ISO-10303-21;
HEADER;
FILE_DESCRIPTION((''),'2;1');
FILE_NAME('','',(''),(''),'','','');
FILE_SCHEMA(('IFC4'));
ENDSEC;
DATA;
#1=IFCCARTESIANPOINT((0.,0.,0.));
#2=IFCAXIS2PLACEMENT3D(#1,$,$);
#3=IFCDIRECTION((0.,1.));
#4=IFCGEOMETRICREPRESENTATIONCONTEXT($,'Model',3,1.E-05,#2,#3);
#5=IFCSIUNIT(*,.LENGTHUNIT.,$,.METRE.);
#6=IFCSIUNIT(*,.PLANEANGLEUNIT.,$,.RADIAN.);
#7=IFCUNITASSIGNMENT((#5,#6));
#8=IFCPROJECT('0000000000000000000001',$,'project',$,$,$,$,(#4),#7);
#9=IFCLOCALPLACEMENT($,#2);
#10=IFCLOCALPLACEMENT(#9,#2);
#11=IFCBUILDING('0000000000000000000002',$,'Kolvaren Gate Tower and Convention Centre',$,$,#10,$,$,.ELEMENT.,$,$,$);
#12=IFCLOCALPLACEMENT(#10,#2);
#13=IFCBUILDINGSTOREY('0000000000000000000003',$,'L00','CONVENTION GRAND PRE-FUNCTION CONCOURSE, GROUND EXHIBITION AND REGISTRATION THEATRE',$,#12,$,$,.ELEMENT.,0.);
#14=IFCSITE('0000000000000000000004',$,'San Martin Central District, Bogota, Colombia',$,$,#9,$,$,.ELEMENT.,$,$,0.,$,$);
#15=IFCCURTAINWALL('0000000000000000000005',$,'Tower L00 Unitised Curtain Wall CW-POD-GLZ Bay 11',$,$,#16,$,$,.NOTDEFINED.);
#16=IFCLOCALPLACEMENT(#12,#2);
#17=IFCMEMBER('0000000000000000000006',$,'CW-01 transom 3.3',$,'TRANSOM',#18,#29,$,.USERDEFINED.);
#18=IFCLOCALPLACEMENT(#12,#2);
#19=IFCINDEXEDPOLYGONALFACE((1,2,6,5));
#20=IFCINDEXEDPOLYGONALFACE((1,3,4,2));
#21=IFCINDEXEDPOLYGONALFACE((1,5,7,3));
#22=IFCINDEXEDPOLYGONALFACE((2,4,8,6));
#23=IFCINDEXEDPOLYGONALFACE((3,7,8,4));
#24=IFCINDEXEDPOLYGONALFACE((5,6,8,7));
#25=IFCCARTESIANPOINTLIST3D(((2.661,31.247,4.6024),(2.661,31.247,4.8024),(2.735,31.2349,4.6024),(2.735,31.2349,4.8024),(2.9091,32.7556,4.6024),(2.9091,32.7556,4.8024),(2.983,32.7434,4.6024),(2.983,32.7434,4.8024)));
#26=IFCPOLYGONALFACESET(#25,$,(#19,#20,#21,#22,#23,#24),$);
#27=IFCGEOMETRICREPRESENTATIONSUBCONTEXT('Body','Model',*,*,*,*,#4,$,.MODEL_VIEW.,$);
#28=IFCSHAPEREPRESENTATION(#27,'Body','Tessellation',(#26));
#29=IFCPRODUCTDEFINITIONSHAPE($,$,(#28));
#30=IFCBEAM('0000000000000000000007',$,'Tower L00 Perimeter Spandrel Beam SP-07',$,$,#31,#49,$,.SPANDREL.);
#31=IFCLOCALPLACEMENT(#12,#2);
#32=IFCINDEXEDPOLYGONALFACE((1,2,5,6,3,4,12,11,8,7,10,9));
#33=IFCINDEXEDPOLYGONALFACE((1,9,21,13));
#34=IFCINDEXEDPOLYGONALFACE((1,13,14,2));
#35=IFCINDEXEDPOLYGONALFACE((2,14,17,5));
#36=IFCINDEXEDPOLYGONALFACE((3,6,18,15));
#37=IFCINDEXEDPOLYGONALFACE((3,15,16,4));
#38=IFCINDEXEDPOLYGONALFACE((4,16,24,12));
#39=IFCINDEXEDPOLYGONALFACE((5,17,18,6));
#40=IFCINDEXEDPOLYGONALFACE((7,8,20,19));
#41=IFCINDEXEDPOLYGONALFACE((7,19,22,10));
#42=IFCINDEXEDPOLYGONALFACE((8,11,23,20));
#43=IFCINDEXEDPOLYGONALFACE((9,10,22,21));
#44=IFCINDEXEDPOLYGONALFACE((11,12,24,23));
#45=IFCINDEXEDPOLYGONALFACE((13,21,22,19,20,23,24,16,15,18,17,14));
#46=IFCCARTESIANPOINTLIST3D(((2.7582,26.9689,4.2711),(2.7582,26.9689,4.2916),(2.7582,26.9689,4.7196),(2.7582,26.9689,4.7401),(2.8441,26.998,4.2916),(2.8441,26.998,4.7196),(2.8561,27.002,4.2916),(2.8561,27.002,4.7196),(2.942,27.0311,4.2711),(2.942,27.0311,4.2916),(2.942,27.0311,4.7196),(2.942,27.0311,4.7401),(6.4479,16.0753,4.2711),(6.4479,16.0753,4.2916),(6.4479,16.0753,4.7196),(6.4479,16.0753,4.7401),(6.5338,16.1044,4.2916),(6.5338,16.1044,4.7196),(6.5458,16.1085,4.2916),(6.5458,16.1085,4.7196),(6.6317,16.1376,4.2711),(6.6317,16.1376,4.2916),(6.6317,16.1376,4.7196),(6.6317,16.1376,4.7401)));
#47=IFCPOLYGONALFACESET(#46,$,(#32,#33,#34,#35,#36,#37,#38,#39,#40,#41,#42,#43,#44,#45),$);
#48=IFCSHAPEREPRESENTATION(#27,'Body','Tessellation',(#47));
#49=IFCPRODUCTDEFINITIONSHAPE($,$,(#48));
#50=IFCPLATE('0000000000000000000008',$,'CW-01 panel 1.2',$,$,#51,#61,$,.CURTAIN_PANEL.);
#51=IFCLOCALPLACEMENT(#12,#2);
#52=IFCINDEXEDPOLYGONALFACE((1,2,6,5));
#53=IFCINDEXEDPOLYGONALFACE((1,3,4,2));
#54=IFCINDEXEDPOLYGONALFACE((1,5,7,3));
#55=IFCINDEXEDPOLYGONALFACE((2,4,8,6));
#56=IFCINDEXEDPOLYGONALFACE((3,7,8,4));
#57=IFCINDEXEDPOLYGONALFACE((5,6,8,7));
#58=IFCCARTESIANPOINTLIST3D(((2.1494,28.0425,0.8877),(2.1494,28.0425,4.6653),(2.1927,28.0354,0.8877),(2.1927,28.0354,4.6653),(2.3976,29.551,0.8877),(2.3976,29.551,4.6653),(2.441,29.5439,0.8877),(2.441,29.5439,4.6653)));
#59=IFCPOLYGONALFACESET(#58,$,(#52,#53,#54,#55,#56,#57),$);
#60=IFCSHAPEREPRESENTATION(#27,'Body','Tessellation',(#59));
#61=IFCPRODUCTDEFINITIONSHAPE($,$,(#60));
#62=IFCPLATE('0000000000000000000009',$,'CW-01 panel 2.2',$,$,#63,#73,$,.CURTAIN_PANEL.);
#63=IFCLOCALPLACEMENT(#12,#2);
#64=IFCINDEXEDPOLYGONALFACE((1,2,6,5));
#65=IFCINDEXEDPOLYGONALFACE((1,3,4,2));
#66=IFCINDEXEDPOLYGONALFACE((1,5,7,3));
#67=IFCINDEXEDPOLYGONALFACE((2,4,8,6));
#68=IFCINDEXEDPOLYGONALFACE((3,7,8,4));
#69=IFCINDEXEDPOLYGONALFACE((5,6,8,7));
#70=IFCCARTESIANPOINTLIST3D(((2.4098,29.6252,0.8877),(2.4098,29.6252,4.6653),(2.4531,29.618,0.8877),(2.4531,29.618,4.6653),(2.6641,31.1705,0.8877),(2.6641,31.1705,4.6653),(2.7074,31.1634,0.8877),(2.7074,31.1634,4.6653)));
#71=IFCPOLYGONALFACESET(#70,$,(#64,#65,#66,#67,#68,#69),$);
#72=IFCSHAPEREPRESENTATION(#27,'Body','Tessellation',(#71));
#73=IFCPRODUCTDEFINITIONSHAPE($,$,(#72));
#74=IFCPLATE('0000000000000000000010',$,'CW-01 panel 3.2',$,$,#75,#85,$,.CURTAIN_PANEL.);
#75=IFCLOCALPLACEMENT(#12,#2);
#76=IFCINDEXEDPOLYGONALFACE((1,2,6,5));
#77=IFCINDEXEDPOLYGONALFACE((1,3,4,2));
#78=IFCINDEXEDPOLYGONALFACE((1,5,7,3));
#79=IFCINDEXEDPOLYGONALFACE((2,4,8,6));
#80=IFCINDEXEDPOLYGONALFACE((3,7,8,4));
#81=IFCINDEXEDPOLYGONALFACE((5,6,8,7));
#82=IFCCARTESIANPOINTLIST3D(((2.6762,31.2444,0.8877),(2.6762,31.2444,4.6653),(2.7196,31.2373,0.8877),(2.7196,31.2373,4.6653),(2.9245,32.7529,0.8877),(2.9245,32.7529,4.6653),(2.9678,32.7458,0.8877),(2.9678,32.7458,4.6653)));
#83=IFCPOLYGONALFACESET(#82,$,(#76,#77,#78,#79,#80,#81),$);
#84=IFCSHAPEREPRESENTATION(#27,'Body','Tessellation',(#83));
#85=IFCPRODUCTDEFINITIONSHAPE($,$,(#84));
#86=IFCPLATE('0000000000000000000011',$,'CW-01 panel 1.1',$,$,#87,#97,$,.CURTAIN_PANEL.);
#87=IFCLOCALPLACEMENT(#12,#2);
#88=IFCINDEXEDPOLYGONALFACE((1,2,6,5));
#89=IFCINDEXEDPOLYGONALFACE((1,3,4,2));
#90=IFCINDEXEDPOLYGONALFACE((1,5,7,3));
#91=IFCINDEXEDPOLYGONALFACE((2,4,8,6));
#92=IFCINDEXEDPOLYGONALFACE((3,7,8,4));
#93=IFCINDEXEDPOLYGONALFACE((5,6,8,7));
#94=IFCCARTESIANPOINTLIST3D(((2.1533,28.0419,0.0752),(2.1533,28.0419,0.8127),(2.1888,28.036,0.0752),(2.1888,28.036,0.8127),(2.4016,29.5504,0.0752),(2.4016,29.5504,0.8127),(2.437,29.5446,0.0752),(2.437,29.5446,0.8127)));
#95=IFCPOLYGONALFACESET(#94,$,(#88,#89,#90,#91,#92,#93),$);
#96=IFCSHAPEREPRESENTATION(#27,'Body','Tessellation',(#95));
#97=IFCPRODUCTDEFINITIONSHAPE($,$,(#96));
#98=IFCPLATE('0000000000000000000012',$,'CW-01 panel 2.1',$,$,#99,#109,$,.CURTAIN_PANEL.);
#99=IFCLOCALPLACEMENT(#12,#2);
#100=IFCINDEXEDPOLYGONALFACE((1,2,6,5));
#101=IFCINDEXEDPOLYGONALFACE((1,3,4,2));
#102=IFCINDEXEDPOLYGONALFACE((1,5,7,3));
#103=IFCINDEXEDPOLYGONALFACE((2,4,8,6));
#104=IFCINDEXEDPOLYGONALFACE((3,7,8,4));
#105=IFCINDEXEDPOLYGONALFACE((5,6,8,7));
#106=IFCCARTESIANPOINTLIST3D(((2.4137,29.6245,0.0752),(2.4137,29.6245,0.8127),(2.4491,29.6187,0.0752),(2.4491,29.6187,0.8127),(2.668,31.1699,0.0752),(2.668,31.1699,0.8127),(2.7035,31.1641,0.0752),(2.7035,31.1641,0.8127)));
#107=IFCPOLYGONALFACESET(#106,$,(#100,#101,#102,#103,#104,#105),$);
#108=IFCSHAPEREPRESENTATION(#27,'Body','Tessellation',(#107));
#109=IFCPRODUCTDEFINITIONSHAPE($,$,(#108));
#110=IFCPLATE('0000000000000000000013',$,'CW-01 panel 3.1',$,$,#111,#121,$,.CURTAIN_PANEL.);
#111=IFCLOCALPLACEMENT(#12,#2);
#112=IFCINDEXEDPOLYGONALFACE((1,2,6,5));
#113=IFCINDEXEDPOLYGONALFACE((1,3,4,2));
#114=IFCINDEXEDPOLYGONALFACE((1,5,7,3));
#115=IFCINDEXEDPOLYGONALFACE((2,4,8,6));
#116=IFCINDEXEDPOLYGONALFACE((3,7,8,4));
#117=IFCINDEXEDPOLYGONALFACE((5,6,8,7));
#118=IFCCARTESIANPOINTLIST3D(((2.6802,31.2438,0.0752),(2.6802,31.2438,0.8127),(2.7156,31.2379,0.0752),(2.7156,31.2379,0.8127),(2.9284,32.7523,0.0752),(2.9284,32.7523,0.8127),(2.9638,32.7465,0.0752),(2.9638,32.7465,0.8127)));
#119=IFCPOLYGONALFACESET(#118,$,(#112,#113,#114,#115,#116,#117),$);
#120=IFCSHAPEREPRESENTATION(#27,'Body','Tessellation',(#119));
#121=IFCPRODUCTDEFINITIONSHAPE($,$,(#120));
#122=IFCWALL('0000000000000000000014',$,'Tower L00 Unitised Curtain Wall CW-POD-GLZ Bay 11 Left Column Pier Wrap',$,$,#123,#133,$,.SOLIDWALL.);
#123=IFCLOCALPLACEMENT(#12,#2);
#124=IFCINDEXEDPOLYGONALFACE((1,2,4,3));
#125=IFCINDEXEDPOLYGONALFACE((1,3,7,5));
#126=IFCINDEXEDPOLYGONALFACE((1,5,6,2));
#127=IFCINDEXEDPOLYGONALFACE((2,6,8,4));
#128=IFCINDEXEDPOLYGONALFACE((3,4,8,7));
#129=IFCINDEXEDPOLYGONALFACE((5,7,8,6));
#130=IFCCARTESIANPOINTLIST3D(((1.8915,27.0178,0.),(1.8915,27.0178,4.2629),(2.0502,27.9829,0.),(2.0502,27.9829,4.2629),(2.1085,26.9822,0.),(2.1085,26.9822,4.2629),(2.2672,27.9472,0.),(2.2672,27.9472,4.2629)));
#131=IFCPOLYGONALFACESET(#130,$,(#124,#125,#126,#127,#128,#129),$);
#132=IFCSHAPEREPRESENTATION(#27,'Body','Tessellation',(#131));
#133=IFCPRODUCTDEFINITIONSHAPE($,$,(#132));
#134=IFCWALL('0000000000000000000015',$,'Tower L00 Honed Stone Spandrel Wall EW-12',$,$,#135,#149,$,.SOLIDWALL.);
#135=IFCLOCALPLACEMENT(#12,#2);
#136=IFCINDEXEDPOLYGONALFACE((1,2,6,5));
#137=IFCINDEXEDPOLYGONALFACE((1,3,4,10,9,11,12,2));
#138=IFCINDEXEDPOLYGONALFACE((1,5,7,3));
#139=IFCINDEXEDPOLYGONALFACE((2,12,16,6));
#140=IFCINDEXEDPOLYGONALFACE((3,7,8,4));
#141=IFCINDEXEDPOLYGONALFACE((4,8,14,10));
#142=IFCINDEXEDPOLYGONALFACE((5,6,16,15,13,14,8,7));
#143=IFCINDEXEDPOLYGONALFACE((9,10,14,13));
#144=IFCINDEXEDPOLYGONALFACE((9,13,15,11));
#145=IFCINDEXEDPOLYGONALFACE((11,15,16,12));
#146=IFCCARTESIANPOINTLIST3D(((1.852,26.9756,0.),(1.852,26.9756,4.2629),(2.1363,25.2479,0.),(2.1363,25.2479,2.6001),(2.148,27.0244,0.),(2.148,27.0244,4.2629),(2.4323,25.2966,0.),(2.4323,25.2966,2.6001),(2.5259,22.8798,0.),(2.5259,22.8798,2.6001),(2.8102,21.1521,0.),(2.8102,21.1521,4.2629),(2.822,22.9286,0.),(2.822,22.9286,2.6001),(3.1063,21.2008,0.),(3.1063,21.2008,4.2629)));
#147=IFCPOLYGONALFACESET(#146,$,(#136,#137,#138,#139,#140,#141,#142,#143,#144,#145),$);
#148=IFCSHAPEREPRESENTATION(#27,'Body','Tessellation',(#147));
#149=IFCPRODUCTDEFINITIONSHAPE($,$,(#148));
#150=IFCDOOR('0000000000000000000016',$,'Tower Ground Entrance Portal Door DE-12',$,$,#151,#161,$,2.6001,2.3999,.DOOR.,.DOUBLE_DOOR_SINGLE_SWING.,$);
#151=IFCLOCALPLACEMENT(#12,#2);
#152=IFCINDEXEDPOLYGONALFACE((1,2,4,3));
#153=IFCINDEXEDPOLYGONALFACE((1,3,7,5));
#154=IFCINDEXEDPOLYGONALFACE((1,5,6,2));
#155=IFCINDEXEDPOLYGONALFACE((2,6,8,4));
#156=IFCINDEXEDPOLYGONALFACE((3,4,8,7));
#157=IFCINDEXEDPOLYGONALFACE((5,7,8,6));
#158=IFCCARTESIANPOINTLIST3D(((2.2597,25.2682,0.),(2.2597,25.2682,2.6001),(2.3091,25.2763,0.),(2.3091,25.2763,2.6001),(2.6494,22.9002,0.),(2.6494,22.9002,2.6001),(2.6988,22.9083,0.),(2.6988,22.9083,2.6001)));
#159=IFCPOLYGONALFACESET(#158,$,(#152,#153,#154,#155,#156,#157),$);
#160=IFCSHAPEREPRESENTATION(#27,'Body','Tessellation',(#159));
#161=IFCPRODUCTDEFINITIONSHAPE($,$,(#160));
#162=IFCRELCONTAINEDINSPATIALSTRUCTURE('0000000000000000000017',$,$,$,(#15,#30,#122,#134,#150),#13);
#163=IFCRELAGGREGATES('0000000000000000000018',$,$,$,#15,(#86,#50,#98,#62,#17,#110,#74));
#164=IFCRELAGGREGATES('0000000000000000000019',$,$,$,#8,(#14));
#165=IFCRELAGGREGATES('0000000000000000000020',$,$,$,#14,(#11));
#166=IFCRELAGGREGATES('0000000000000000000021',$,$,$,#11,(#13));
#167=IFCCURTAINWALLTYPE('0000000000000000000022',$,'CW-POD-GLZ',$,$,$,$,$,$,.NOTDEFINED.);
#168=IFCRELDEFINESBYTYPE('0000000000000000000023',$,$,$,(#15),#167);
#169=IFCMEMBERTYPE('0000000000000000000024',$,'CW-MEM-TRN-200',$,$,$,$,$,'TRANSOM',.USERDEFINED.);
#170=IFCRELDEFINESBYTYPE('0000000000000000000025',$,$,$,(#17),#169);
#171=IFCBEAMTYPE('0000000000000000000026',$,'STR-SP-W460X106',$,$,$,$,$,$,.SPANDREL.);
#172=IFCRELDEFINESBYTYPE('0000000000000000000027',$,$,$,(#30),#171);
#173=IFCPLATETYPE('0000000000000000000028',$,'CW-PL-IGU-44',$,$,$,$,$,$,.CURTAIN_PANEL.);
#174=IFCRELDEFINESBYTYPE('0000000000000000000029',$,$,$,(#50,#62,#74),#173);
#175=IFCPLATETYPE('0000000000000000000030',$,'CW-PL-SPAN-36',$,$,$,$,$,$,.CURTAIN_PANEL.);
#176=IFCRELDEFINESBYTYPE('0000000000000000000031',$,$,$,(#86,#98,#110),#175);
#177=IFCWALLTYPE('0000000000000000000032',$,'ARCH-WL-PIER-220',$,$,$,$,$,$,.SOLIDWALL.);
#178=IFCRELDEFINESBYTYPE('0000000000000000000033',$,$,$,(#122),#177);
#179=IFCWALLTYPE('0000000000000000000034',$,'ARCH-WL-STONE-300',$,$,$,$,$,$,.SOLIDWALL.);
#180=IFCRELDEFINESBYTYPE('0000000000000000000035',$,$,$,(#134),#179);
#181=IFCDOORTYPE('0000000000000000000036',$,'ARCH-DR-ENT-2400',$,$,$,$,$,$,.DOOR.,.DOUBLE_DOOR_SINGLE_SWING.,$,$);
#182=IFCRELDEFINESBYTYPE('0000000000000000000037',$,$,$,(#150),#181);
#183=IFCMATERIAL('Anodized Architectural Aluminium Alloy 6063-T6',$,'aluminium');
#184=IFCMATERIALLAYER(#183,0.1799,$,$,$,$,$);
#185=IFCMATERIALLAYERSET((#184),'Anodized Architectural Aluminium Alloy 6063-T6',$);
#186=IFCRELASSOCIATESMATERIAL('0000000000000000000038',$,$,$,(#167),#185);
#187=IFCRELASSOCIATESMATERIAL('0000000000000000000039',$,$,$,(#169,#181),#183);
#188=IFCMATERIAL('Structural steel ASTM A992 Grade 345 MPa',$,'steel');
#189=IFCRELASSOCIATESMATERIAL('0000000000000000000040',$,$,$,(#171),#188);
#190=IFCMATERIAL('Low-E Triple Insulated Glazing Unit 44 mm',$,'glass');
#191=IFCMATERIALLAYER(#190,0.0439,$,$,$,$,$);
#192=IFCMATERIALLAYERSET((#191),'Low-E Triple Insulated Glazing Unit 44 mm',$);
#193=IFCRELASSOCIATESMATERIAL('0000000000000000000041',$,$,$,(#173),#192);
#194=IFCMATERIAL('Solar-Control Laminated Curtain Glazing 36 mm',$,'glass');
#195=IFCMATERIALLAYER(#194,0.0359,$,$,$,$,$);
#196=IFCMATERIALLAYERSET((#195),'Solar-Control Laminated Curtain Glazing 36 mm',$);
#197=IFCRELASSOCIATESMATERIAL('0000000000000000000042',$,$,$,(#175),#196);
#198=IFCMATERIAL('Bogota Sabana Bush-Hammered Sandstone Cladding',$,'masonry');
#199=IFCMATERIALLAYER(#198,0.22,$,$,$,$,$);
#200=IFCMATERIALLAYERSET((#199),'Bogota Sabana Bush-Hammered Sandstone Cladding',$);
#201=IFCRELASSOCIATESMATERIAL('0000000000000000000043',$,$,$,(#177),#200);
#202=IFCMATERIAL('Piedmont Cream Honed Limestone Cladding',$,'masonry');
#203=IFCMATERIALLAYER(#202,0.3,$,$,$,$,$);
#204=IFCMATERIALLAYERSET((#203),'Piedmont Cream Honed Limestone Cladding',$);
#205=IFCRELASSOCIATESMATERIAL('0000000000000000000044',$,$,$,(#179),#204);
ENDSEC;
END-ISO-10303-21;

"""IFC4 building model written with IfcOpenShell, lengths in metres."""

from ifc_helpers import new_model, si_unit, direction, frame, frame_2d, origin, origin_2d, place, context, subcontext, project, spatial, rectangle, i_section, extrude, material, layer, layer_set, material_profile, profile_set, type_object, element, fill, aggregate, save


model = new_model("IFC4")

# Units and contexts
model_context = context("Model", 3, precision=1e-05, world=origin(), true_north=direction((0.0, 1.0)))
body_context = subcontext(model_context, "Body", "Model", "MODEL_VIEW")
ifc_project = project(units=[si_unit("LENGTHUNIT", "METRE"), si_unit("PLANEANGLEUNIT", "RADIAN")], contexts=[model_context])

# Site, building, storey
site_placement = place(None, origin())
site = spatial("IfcSite", under=ifc_project, at=site_placement, Name="San Martin Central District, Bogota, Colombia", CompositionType="ELEMENT", RefElevation=0.0)
building_placement = place(site_placement, origin())
building = spatial("IfcBuilding", under=site, at=building_placement, Name="Kolvaren Gate Tower and Convention Centre", CompositionType="ELEMENT")
storey_placement = place(building_placement, origin())
storey = spatial("IfcBuildingStorey", under=building, at=storey_placement, Name="L00", Description="CONVENTION GRAND PRE-FUNCTION CONCOURSE, GROUND EXHIBITION AND REGISTRATION THEATRE", CompositionType="ELEMENT", Elevation=0.0)

# Shared definitions
ifc_material_1 = material(Name="Anodized Architectural Aluminium Alloy 6063-T6", Category="aluminium")
ifc_layer_1 = layer(ifc_material_1, 0.1799)
ifc_layer_set_1 = layer_set([ifc_layer_1], Name="Anodized Architectural Aluminium Alloy 6063-T6")
curtain_wall_type = type_object("IfcCurtainWallType", Name="CW-POD-GLZ", PredefinedType="NOTDEFINED", material=ifc_layer_set_1)

# Curtain wall, member
curtain_wall_1_placement = place(storey_placement, origin())
curtain_wall_1 = element("IfcCurtainWall", 1, at=curtain_wall_1_placement, inside=storey, type_object=curtain_wall_type, Name="Tower L00 Unitised Curtain Wall CW-POD-GLZ Bay 11", PredefinedType="NOTDEFINED")
ifc_material_profile_1 = material_profile(ifc_material_1, rectangle(XDim=0.075, YDim=0.2, at=origin_2d()), Name="CW-MEM-TRN-200")
ifc_profile_set_1 = profile_set([ifc_material_profile_1], Name="Anodized Architectural Aluminium Alloy 6063-T6")
member_type_1 = type_object("IfcMemberType", Name="CW-MEM-TRN-200", ElementType="TRANSOM", PredefinedType="USERDEFINED", material=ifc_profile_set_1)
member_1_placement = place(storey_placement, frame((2.698, 31.241, 4.7024), z_axis=(0.162249, 0.98675, 0.0), x_axis=(-0.98675, 0.162249, 0.0)))
member_1 = element("IfcMember", 2, at=member_1_placement, type_object=member_type_1, Name="CW-01 transom 3.3", ObjectType="TRANSOM", PredefinedType="USERDEFINED", context=body_context, shape_type="SweptSolid", body=[
    extrude(rectangle(XDim=0.075, YDim=0.2, at=origin_2d()), origin(), (0.0, 0.0, 1.0), 1.5288),
])

# Beam
ifc_material_2 = material(Name="Structural steel ASTM A992 Grade 345 MPa", Category="steel")
ifc_material_profile_2 = material_profile(ifc_material_2, i_section(OverallWidth=0.1941, OverallDepth=0.469, WebThickness=0.0127, FlangeThickness=0.0205, at=origin_2d()), Name="W460X106")
ifc_profile_set_2 = profile_set([ifc_material_profile_2], Name="Structural steel ASTM A992 Grade 345 MPa")
beam_type = type_object("IfcBeamType", Name="STR-SP-W460X106", PredefinedType="SPANDREL", material=ifc_profile_set_2)
beam_placement = place(storey_placement, frame((2.8501, 27.0, 4.5056), z_axis=(0.320803, -0.947146, 0.0), x_axis=(0.947146, 0.320803, 0.0)))
element("IfcBeam", 3, at=beam_placement, inside=storey, type_object=beam_type, Name="Tower L00 Perimeter Spandrel Beam SP-07", PredefinedType="SPANDREL", context=body_context, shape_type="SweptSolid", body=[
    extrude(i_section(OverallWidth=0.1941, OverallDepth=0.469, WebThickness=0.0127, FlangeThickness=0.0205, at=origin_2d()), origin(), (0.0, 0.0, 1.0), 11.5015),
])

# Plates
ifc_material_3 = material(Name="Low-E Triple Insulated Glazing Unit 44 mm", Category="glass")
ifc_layer_2 = layer(ifc_material_3, 0.0439)
ifc_layer_set_2 = layer_set([ifc_layer_2], Name="Low-E Triple Insulated Glazing Unit 44 mm")
plate_type_1 = type_object("IfcPlateType", Name="CW-PL-IGU-44", PredefinedType="CURTAIN_PANEL", material=ifc_layer_set_2)
plate_1_placement = place(storey_placement, frame((2.2952, 28.7932, 0.8877), z_axis=(0.0, 0.0, 1.0), x_axis=(0.162376, 0.986729, 0.0)))
plate_1 = element("IfcPlate", 4, at=plate_1_placement, type_object=plate_type_1, Name="CW-01 panel 1.2", PredefinedType="CURTAIN_PANEL", context=body_context, shape_type="SweptSolid", body=[
    extrude(rectangle(XDim=1.5288, YDim=0.0439, at=origin_2d()), origin(), (0.0, 0.0, 1.0), 3.7776),
])
plate_2_placement = place(storey_placement, frame((2.5586, 30.3943, 0.8877), z_axis=(0.0, 0.0, 1.0), x_axis=(0.162376, 0.986729, 0.0)))
plate_2 = element("IfcPlate", 5, at=plate_2_placement, type_object=plate_type_1, Name="CW-01 panel 2.2", PredefinedType="CURTAIN_PANEL", context=body_context, shape_type="SweptSolid", body=[
    extrude(rectangle(XDim=1.5662, YDim=0.0439, at=origin_2d()), origin(), (0.0, 0.0, 1.0), 3.7776),
])
plate_3_placement = place(storey_placement, frame((2.822, 31.9951, 0.8877), z_axis=(0.0, 0.0, 1.0), x_axis=(0.162376, 0.986729, 0.0)))
plate_3 = element("IfcPlate", 6, at=plate_3_placement, type_object=plate_type_1, Name="CW-01 panel 3.2", PredefinedType="CURTAIN_PANEL", context=body_context, shape_type="SweptSolid", body=[
    extrude(rectangle(XDim=1.5288, YDim=0.0439, at=origin_2d()), origin(), (0.0, 0.0, 1.0), 3.7776),
])
ifc_material_4 = material(Name="Solar-Control Laminated Curtain Glazing 36 mm", Category="glass")
ifc_layer_3 = layer(ifc_material_4, 0.0359)
ifc_layer_set_3 = layer_set([ifc_layer_3], Name="Solar-Control Laminated Curtain Glazing 36 mm")
plate_type_2 = type_object("IfcPlateType", Name="CW-PL-SPAN-36", PredefinedType="CURTAIN_PANEL", material=ifc_layer_set_3)
plate_4_placement = place(storey_placement, frame((2.2952, 28.7932, 0.0752), z_axis=(0.0, 0.0, 1.0), x_axis=(0.162376, 0.986729, 0.0)))
plate_4 = element("IfcPlate", 7, at=plate_4_placement, type_object=plate_type_2, Name="CW-01 panel 1.1", PredefinedType="CURTAIN_PANEL", context=body_context, shape_type="SweptSolid", body=[
    extrude(rectangle(XDim=1.5288, YDim=0.0359, at=origin_2d()), origin(), (0.0, 0.0, 1.0), 0.7375),
])
plate_5_placement = place(storey_placement, frame((2.5586, 30.3943, 0.0752), z_axis=(0.0, 0.0, 1.0), x_axis=(0.162376, 0.986729, 0.0)))
plate_5 = element("IfcPlate", 8, at=plate_5_placement, type_object=plate_type_2, Name="CW-01 panel 2.1", PredefinedType="CURTAIN_PANEL", context=body_context, shape_type="SweptSolid", body=[
    extrude(rectangle(XDim=1.5662, YDim=0.0359, at=origin_2d()), origin(), (0.0, 0.0, 1.0), 0.7375),
])
plate_6_placement = place(storey_placement, frame((2.822, 31.9951, 0.0752), z_axis=(0.0, 0.0, 1.0), x_axis=(0.162376, 0.986729, 0.0)))
plate_6 = element("IfcPlate", 9, at=plate_6_placement, type_object=plate_type_2, Name="CW-01 panel 3.1", PredefinedType="CURTAIN_PANEL", context=body_context, shape_type="SweptSolid", body=[
    extrude(rectangle(XDim=1.5288, YDim=0.0359, at=origin_2d()), origin(), (0.0, 0.0, 1.0), 0.7375),
])
aggregate(curtain_wall_1, [plate_4, plate_1, plate_5, plate_2, member_1, plate_6, plate_3])

# Wall
ifc_material_5 = material(Name="Bogota Sabana Bush-Hammered Sandstone Cladding", Category="masonry")
ifc_layer_4 = layer(ifc_material_5, 0.22)
ifc_layer_set_4 = layer_set([ifc_layer_4], Name="Bogota Sabana Bush-Hammered Sandstone Cladding")
wall_type_1 = type_object("IfcWallType", Name="ARCH-WL-PIER-220", PredefinedType="SOLIDWALL", material=ifc_layer_set_4)
wall_1_placement = place(storey_placement, frame((2.0, 27.0, 0.0), z_axis=(0.0, 0.0, 1.0), x_axis=(0.162253, 0.986749, 0.0)))
element("IfcWall", 10, at=wall_1_placement, inside=storey, type_object=wall_type_1, Name="Tower L00 Unitised Curtain Wall CW-POD-GLZ Bay 11 Left Column Pier Wrap", PredefinedType="SOLIDWALL", context=body_context, shape_type="SweptSolid", body=[
    extrude(rectangle(XDim=0.978, YDim=0.22, at=frame_2d((0.489, 0.0))), origin(), (0.0, 0.0, 1.0), 4.2629),
])

# Wall, opening, door
ifc_material_6 = material(Name="Piedmont Cream Honed Limestone Cladding", Category="masonry")
ifc_layer_5 = layer(ifc_material_6, 0.3)
ifc_layer_set_5 = layer_set([ifc_layer_5], Name="Piedmont Cream Honed Limestone Cladding")
wall_type_2 = type_object("IfcWallType", Name="ARCH-WL-STONE-300", PredefinedType="SOLIDWALL", material=ifc_layer_set_5)
wall_2_placement = place(storey_placement, frame((2.0, 27.0, 0.0), z_axis=(0.0, 0.0, 1.0), x_axis=(0.162366, -0.986731, 0.0)))
wall_2 = element("IfcWall", 11, at=wall_2_placement, inside=storey, type_object=wall_type_2, Name="Tower L00 Honed Stone Spandrel Wall EW-12", PredefinedType="SOLIDWALL", context=body_context, shape_type="SweptSolid", body=[
    extrude(rectangle(XDim=5.9019, YDim=0.3, at=frame_2d((2.9509, 0.0))), origin(), (0.0, 0.0, 1.0), 4.2629),
])
opening_placement = place(wall_2_placement, frame((1.751, 0.0, 0.0)))
opening = element("IfcOpeningElement", 12, at=opening_placement, cuts=wall_2, PredefinedType="OPENING", context=body_context, shape_type="SweptSolid", body=[
    extrude(rectangle(XDim=2.3999, YDim=2.6001, at=frame_2d((1.2, 1.3))), frame((0.0, 0.1599, 0.0), z_axis=(0.0, -1.0, 0.0), x_axis=(1.0, 0.0, 0.0)), (0.0, 0.0, 1.0), 0.3201),
])
door_type = type_object("IfcDoorType", Name="ARCH-DR-ENT-2400", OperationType="DOUBLE_DOOR_SINGLE_SWING", PredefinedType="DOOR", material=ifc_material_1)
door_placement = place(opening_placement, frame((2.3999, 0.0, 0.0), z_axis=(0.0, 0.0, 1.0), x_axis=(-1.0, 0.0, 0.0)))
door = element("IfcDoor", 13, at=door_placement, inside=storey, type_object=door_type, Name="Tower Ground Entrance Portal Door DE-12", OperationType="DOUBLE_DOOR_SINGLE_SWING", OverallHeight=2.6001, OverallWidth=2.3999, PredefinedType="DOOR", context=body_context, shape_type="SweptSolid", body=[
    extrude(rectangle(XDim=2.3999, YDim=2.6001, at=frame_2d((1.2, 1.3))), frame((0.0, 0.0249, 0.0), z_axis=(0.0, -1.0, 0.0), x_axis=(1.0, 0.0, 0.0)), (0.0, 0.0, 1.0), 0.05),
])
fill(opening, door)

save(model, "model.ifc")
